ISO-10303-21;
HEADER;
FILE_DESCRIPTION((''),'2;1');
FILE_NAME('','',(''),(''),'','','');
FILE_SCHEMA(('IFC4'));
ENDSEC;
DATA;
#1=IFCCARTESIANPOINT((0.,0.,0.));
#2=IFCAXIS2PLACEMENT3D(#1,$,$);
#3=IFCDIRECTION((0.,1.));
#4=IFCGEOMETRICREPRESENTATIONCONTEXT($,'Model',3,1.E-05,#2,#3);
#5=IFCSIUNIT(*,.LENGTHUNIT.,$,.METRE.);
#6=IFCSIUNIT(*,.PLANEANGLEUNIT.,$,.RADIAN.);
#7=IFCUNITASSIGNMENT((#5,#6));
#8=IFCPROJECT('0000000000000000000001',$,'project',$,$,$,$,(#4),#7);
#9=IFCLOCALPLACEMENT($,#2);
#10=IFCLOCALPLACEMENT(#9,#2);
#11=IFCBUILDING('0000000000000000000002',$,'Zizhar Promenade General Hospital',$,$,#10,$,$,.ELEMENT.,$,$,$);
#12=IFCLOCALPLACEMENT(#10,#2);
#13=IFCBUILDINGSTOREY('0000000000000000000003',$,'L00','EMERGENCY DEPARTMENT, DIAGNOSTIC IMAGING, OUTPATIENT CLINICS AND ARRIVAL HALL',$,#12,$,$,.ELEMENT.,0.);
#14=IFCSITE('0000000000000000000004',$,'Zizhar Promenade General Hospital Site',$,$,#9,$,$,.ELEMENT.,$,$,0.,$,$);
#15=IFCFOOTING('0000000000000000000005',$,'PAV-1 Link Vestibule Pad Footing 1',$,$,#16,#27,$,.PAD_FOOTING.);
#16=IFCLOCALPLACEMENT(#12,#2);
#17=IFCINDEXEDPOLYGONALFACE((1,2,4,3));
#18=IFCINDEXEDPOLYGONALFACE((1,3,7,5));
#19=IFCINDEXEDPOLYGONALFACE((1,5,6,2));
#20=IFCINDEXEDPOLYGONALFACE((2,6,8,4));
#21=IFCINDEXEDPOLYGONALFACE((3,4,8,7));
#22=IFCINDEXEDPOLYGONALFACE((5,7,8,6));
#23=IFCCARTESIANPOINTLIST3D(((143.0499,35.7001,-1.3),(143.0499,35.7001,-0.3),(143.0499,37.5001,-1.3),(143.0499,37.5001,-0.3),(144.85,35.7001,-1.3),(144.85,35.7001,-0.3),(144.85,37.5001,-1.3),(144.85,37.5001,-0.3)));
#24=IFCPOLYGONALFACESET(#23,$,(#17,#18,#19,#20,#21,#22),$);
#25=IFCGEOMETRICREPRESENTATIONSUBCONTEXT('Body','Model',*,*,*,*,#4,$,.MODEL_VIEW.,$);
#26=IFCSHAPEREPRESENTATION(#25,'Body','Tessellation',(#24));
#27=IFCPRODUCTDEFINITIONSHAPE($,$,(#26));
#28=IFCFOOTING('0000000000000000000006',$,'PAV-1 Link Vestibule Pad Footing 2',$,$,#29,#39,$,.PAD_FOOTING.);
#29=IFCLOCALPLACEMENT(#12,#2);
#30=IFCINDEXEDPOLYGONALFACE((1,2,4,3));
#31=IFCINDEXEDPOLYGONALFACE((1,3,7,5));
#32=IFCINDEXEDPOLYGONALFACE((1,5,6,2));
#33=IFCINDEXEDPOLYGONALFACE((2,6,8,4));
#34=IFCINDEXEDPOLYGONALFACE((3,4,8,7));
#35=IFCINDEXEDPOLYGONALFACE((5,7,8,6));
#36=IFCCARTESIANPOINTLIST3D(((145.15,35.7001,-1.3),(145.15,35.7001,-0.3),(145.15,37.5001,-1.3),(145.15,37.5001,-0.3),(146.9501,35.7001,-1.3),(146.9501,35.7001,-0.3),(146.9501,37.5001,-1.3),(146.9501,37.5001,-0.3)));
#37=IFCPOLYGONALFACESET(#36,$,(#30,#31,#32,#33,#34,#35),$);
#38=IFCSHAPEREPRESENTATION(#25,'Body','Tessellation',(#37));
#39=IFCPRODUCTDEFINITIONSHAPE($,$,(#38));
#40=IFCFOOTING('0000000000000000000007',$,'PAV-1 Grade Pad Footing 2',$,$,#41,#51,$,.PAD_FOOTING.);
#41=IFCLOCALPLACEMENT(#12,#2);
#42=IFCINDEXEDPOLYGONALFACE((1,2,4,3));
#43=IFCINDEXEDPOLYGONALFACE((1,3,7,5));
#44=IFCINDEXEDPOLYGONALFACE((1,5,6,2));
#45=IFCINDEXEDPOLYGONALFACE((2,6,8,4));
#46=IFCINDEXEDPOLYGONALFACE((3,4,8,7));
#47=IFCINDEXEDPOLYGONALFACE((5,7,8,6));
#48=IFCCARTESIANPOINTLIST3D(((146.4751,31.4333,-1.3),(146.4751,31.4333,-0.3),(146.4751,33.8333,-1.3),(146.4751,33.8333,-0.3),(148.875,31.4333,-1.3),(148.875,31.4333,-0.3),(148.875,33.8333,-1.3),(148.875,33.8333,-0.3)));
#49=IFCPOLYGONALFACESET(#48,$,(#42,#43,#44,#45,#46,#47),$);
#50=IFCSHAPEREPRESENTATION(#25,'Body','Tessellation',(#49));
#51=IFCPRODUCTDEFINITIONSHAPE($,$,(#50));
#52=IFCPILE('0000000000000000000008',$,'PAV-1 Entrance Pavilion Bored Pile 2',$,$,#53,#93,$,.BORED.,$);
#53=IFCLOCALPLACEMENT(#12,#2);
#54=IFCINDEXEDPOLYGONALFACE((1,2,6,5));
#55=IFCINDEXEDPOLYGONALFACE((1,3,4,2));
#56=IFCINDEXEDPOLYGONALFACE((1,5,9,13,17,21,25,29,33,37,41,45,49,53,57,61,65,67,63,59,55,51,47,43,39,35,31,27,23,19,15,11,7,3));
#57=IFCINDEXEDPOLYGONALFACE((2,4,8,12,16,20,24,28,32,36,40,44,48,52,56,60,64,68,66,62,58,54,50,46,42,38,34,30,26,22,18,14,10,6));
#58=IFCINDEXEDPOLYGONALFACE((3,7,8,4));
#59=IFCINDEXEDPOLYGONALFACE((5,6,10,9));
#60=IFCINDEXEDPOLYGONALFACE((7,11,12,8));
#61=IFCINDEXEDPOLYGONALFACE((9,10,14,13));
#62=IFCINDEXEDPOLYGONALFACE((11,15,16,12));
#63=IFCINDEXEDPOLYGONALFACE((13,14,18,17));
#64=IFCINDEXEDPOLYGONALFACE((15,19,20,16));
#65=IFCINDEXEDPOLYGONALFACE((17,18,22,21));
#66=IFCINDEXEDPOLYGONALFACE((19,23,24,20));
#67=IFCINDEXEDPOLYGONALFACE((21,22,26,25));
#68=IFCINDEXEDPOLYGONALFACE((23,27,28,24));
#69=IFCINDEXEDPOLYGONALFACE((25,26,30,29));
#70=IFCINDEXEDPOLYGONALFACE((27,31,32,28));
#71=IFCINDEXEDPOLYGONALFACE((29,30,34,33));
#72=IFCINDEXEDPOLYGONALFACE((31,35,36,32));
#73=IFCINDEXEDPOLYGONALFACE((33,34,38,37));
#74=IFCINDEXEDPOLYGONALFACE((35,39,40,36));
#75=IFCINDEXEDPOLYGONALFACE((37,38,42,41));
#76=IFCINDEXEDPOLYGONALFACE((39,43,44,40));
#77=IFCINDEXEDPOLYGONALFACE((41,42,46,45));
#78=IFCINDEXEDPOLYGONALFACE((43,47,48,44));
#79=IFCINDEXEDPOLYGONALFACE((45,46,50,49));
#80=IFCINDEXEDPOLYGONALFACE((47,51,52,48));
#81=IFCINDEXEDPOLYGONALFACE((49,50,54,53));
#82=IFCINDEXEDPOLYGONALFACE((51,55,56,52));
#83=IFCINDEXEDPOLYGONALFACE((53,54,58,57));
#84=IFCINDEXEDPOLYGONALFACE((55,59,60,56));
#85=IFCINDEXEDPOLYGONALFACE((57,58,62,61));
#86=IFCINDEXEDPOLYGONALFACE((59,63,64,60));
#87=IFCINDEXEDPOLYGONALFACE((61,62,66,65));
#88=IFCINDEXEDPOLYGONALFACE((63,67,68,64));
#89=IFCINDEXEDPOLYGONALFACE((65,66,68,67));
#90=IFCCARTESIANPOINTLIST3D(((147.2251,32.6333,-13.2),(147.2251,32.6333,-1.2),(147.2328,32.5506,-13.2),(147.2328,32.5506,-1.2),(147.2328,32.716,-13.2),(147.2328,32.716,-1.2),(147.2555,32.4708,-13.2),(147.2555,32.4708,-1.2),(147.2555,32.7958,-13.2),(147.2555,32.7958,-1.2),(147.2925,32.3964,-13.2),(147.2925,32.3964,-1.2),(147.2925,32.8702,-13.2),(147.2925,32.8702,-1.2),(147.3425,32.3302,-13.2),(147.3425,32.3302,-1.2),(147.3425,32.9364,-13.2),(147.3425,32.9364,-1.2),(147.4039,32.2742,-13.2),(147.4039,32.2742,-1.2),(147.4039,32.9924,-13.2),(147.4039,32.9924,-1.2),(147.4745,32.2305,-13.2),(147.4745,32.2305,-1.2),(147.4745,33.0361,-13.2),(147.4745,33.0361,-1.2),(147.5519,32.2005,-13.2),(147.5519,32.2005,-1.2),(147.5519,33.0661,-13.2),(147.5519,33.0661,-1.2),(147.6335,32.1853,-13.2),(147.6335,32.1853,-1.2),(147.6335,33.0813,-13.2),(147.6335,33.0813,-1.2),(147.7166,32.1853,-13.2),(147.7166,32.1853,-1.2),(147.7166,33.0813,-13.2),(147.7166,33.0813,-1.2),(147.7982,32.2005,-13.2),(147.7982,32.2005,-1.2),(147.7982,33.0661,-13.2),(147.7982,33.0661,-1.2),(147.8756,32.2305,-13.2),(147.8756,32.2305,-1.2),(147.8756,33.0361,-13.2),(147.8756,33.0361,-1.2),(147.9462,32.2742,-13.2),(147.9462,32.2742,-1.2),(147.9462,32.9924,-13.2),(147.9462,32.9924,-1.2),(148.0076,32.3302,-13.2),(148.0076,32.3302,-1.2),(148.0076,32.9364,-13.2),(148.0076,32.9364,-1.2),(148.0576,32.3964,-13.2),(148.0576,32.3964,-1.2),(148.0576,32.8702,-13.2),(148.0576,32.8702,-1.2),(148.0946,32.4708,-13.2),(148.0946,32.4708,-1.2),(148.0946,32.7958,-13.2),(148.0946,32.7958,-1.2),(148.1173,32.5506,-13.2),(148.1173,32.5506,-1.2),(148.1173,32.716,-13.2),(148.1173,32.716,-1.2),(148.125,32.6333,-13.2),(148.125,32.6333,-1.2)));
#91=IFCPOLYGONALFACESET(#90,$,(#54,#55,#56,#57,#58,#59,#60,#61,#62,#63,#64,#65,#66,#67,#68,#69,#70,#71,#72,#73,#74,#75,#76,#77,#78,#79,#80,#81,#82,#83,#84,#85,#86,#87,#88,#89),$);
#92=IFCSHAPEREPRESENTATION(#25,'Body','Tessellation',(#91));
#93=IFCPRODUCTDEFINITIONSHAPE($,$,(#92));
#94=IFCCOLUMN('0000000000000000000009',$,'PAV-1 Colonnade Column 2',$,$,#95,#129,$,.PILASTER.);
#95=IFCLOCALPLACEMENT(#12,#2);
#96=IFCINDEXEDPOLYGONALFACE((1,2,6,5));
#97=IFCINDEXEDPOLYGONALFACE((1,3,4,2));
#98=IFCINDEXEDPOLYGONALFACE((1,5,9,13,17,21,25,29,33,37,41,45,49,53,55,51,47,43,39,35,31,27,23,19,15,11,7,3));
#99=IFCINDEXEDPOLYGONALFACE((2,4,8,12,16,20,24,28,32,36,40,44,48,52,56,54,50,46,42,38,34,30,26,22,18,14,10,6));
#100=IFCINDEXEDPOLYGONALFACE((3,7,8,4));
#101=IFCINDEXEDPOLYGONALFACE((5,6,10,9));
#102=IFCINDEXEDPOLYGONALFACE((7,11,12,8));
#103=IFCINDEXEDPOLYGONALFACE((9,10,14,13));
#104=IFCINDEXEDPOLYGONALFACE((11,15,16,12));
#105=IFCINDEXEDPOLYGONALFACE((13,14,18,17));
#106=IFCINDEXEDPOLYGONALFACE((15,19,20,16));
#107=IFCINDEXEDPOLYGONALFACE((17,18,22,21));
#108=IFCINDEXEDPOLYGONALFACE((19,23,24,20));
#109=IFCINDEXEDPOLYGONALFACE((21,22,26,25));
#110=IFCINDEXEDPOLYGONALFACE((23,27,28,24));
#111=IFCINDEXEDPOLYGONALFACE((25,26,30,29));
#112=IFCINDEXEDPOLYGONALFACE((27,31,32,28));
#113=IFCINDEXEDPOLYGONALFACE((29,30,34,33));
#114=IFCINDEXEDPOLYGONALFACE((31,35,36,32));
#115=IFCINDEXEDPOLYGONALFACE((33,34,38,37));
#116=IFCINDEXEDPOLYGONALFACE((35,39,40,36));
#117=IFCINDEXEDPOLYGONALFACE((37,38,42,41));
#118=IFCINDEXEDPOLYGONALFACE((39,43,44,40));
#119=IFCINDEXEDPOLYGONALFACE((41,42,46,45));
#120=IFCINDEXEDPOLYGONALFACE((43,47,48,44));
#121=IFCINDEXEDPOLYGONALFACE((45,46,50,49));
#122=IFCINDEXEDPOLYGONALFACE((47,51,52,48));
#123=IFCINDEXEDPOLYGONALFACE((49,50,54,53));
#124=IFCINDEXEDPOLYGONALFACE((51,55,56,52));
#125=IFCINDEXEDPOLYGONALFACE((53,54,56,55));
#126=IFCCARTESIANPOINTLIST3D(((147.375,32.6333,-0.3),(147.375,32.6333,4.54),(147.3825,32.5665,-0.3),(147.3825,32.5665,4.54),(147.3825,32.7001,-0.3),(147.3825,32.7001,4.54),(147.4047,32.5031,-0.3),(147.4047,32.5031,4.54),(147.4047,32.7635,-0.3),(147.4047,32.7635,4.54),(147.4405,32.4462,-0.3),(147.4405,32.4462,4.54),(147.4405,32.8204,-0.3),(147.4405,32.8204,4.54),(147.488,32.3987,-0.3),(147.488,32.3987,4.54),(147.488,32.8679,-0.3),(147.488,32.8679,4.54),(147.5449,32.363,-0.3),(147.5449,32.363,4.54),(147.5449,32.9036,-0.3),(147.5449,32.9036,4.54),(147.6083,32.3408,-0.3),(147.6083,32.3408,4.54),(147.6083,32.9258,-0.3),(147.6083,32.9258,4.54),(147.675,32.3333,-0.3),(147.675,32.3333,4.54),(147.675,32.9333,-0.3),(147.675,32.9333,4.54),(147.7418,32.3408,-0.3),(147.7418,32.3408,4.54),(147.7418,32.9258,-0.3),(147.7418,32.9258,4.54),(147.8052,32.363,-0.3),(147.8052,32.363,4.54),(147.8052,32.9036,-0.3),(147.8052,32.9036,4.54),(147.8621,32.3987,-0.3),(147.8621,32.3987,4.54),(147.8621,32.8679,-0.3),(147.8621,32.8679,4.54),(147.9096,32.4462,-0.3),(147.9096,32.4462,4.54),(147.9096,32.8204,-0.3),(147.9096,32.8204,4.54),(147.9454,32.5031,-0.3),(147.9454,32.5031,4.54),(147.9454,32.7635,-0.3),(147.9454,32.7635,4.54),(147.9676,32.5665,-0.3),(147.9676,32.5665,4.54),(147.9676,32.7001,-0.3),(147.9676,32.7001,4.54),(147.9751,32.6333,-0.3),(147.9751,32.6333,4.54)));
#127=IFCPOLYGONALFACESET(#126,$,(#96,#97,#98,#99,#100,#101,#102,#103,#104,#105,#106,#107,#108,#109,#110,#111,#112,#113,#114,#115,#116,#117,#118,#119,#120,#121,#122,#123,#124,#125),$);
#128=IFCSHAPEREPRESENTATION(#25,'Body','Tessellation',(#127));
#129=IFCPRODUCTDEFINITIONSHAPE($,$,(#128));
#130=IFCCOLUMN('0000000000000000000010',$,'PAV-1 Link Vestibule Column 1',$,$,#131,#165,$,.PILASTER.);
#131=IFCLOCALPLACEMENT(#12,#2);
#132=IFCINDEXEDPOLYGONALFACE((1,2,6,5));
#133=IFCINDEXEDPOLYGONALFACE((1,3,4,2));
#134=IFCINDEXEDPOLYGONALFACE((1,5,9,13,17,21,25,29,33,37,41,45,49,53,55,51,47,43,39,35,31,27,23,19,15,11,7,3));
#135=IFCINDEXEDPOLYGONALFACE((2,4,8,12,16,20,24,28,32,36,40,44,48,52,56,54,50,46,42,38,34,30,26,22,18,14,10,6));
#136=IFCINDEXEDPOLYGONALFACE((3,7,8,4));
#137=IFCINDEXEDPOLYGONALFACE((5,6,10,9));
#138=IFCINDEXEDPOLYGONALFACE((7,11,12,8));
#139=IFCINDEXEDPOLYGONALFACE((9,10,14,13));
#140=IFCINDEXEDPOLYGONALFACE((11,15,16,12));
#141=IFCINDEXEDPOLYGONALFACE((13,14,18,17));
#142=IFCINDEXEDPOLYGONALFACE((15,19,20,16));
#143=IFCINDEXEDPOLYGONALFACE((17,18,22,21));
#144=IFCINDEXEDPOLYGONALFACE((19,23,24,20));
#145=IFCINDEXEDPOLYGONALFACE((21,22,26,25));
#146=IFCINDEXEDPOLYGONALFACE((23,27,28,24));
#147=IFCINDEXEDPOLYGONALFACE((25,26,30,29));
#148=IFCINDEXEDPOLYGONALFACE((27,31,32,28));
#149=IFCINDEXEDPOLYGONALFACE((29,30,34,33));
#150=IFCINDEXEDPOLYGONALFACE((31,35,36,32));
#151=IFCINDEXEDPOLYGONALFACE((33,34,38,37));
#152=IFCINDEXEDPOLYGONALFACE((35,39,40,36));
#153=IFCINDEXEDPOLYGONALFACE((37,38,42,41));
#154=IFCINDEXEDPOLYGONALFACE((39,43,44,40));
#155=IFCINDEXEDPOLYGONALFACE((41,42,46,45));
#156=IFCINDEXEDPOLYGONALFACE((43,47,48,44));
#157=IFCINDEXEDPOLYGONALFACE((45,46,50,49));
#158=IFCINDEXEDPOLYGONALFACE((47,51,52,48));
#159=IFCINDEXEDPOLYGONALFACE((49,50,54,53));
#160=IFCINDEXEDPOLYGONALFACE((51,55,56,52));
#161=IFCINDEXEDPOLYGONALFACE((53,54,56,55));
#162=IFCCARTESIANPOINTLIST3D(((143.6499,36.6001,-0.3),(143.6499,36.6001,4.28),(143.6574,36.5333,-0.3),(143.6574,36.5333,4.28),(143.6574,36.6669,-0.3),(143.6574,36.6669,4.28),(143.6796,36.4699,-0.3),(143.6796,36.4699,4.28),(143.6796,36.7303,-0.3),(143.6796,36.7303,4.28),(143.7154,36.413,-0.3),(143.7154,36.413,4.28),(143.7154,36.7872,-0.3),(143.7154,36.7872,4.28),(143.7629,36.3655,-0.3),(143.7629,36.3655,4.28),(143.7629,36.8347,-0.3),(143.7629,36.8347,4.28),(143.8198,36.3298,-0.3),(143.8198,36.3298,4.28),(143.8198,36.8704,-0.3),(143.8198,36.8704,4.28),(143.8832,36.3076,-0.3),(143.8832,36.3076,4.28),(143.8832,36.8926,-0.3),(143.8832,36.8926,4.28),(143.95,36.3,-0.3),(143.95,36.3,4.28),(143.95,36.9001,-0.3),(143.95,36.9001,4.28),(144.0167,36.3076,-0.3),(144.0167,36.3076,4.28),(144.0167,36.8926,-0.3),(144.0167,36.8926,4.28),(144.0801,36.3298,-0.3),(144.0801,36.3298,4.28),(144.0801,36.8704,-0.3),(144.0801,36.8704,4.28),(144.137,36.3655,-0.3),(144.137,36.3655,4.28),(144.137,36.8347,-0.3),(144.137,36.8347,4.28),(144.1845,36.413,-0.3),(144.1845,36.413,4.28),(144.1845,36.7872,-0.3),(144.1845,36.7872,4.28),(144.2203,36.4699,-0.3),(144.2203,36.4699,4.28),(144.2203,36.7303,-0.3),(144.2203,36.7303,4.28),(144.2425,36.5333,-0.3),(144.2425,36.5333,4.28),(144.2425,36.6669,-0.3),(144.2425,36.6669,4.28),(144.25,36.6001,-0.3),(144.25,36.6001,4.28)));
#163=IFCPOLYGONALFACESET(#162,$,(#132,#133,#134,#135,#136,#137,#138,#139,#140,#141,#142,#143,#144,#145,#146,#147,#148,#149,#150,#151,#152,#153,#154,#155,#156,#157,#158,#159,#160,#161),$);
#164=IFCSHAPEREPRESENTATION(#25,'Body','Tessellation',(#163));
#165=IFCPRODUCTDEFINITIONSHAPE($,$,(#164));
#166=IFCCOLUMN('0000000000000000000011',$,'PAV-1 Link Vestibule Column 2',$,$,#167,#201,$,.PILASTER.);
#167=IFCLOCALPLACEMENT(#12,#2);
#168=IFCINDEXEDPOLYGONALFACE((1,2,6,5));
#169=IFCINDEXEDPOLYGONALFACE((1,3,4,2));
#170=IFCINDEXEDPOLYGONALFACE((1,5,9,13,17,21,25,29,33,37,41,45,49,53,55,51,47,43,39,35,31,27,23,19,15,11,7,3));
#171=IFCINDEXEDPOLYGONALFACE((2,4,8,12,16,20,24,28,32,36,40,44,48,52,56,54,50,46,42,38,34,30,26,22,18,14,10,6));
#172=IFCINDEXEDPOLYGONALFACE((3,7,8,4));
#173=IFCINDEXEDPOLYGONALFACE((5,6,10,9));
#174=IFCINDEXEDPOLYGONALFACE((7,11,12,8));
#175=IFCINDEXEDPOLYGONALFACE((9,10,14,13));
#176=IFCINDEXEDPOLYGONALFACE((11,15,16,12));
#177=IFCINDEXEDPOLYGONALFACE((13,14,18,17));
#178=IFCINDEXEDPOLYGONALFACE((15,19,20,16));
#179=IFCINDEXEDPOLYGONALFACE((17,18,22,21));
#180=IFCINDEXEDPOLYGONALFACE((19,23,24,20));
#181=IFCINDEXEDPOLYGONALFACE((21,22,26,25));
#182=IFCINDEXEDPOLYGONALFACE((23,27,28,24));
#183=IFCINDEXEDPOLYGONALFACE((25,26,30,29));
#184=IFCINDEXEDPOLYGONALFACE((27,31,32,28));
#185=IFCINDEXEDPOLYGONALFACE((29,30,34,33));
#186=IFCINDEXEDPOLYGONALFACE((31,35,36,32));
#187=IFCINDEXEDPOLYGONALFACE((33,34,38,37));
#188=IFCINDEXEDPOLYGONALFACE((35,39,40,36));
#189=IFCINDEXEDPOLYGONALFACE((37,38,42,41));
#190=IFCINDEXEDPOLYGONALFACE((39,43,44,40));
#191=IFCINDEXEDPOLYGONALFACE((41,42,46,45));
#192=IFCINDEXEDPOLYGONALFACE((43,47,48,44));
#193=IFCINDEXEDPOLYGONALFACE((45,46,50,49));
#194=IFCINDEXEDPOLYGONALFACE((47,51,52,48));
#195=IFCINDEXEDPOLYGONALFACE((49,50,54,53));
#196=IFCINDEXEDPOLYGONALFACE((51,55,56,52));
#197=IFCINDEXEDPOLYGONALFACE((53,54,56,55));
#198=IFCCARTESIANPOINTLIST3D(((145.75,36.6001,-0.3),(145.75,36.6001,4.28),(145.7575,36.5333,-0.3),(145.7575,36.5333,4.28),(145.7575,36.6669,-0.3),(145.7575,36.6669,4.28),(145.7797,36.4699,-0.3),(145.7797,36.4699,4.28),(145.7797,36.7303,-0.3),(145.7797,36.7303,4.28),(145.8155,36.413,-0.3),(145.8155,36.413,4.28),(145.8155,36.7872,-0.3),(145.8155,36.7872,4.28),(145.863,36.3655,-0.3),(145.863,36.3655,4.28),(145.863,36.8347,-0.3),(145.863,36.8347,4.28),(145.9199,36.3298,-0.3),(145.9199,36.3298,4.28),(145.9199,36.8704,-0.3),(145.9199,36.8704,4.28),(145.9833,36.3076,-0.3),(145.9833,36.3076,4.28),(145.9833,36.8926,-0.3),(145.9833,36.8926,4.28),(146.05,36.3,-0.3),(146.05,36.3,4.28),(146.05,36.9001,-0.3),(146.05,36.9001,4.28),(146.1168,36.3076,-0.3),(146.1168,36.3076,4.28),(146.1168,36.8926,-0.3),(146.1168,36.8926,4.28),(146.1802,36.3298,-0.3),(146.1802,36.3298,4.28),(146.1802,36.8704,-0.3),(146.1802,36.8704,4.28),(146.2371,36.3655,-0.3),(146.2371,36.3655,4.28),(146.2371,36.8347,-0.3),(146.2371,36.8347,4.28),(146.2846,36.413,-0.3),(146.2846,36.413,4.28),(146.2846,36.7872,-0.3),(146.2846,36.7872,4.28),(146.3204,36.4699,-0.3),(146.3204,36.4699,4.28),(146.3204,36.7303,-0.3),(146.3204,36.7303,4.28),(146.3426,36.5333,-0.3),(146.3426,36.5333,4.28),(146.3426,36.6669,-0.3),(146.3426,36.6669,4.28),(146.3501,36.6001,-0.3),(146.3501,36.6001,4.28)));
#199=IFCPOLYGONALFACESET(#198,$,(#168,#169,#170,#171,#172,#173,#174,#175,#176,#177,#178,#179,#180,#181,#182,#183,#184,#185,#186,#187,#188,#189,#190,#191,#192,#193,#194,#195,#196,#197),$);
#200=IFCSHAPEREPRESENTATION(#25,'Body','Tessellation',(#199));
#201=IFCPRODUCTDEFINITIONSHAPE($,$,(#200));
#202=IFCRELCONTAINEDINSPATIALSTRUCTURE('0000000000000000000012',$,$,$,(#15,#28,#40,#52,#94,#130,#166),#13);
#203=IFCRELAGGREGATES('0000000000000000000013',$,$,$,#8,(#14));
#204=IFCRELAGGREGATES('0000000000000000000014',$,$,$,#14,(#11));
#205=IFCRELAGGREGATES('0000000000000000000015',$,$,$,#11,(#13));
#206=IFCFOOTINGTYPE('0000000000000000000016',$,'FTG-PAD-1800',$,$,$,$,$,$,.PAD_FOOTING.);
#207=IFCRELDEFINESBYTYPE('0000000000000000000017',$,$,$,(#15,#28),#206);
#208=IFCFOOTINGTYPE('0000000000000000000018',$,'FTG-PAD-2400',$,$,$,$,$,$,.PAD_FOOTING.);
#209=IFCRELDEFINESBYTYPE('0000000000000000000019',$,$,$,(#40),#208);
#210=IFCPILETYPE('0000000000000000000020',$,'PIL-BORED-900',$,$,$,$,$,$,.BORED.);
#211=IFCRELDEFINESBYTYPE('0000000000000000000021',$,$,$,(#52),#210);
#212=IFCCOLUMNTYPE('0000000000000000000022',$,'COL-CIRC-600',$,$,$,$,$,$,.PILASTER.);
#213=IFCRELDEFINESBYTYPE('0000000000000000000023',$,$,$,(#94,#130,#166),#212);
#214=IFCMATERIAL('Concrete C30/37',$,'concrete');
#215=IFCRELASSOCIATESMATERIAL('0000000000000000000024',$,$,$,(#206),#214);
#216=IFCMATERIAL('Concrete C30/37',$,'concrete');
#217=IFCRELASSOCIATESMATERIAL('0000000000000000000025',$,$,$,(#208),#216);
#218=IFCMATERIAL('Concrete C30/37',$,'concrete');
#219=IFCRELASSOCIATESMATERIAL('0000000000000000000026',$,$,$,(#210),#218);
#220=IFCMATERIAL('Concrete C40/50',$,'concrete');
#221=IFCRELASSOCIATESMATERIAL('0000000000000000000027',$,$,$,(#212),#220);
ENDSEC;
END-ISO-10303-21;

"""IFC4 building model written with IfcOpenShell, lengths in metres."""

from ifc_helpers import new_model, si_unit, direction, frame, origin, origin_2d, place, context, subcontext, project, spatial, rectangle, circle, extrude, material, material_profile, profile_set, type_object, element, save


model = new_model("IFC4")

# Units and contexts
model_context = context("Model", 3, precision=1e-05, world=origin(), true_north=direction((0.0, 1.0)))
body_context = subcontext(model_context, "Body", "Model", "MODEL_VIEW")
ifc_project = project(units=[si_unit("LENGTHUNIT", "METRE"), si_unit("PLANEANGLEUNIT", "RADIAN")], contexts=[model_context])

# Site, building, storey
site_placement = place(None, origin())
site = spatial("IfcSite", under=ifc_project, at=site_placement, Name="Zizhar Promenade General Hospital Site", CompositionType="ELEMENT", RefElevation=0.0)
building_placement = place(site_placement, origin())
building = spatial("IfcBuilding", under=site, at=building_placement, Name="Zizhar Promenade General Hospital", CompositionType="ELEMENT")
storey_placement = place(building_placement, origin())
storey = spatial("IfcBuildingStorey", under=building, at=storey_placement, Name="L00", Description="EMERGENCY DEPARTMENT, DIAGNOSTIC IMAGING, OUTPATIENT CLINICS AND ARRIVAL HALL", CompositionType="ELEMENT", Elevation=0.0)

# Footings
ifc_material_1 = material(Name="Concrete C30/37", Category="concrete")
footing_type_1 = type_object("IfcFootingType", Name="FTG-PAD-1800", PredefinedType="PAD_FOOTING", material=ifc_material_1)
for number, where, z_axis, x_axis, name in (
    (1, (143.95, 36.6001, -1.3), (0.0, 0.0, 1.0), (1.0, 0.0, 0.0), "PAV-1 Link Vestibule Pad Footing 1"),
    (2, (146.05, 36.6001, -1.3), (0.0, 0.0, 1.0), (1.0, 0.0, 0.0), "PAV-1 Link Vestibule Pad Footing 2"),
):
    element("IfcFooting", number, at=place(storey_placement, frame(where, z_axis=z_axis, x_axis=x_axis)), inside=storey, type_object=footing_type_1, Name=name, PredefinedType="PAD_FOOTING", context=body_context, shape_type="SweptSolid", body=[
        extrude(rectangle(XDim=1.8, YDim=1.8, at=origin_2d()), origin(), (0.0, 0.0, 1.0), 1.0),
    ])
ifc_material_2 = material(Name="Concrete C30/37", Category="concrete")
footing_type_2 = type_object("IfcFootingType", Name="FTG-PAD-2400", PredefinedType="PAD_FOOTING", material=ifc_material_2)
footing_placement = place(storey_placement, frame((147.675, 32.6333, -1.3), z_axis=(0.0, 0.0, 1.0), x_axis=(1.0, 0.0, 0.0)))
element("IfcFooting", 3, at=footing_placement, inside=storey, type_object=footing_type_2, Name="PAV-1 Grade Pad Footing 2", PredefinedType="PAD_FOOTING", context=body_context, shape_type="SweptSolid", body=[
    extrude(rectangle(XDim=2.3999, YDim=2.3999, at=origin_2d()), origin(), (0.0, 0.0, 1.0), 1.0),
])

# Pile
ifc_material_3 = material(Name="Concrete C30/37", Category="concrete")
ifc_material_profile_1 = material_profile(ifc_material_3, circle(Radius=0.45, at=origin_2d()))
ifc_profile_set_1 = profile_set([ifc_material_profile_1], Name="Concrete C30/37")
pile_type = type_object("IfcPileType", Name="PIL-BORED-900", PredefinedType="BORED", material=ifc_profile_set_1)
pile_placement = place(storey_placement, frame((147.675, 32.6333, -1.2), z_axis=(0.0, 0.0, -1.0), x_axis=(1.0, 0.0, 0.0)))
element("IfcPile", 4, at=pile_placement, inside=storey, type_object=pile_type, Name="PAV-1 Entrance Pavilion Bored Pile 2", PredefinedType="BORED", context=body_context, shape_type="SweptSolid", body=[
    extrude(circle(Radius=0.45, at=origin_2d()), origin(), (0.0, 0.0, 1.0), 12.0),
])

# Columns
ifc_material_4 = material(Name="Concrete C40/50", Category="concrete")
ifc_material_profile_2 = material_profile(ifc_material_4, circle(Radius=0.3, at=origin_2d()))
ifc_profile_set_2 = profile_set([ifc_material_profile_2], Name="Concrete C40/50")
column_type = type_object("IfcColumnType", Name="COL-CIRC-600", PredefinedType="PILASTER", material=ifc_profile_set_2)
column_placement = place(storey_placement, frame((147.675, 32.6333, -0.3), z_axis=(0.0, 0.0, 1.0), x_axis=(1.0, 0.0, 0.0)))
element("IfcColumn", 5, at=column_placement, inside=storey, type_object=column_type, Name="PAV-1 Colonnade Column 2", PredefinedType="PILASTER", context=body_context, shape_type="SweptSolid", body=[
    extrude(circle(Radius=0.3, at=origin_2d()), origin(), (0.0, 0.0, 1.0), 4.8401),
])
for number, where, z_axis, x_axis, name in (
    (6, (143.95, 36.6001, -0.3), (0.0, 0.0, 1.0), (1.0, 0.0, 0.0), "PAV-1 Link Vestibule Column 1"),
    (7, (146.05, 36.6001, -0.3), (0.0, 0.0, 1.0), (1.0, 0.0, 0.0), "PAV-1 Link Vestibule Column 2"),
):
    element("IfcColumn", number, at=place(storey_placement, frame(where, z_axis=z_axis, x_axis=x_axis)), inside=storey, type_object=column_type, Name=name, PredefinedType="PILASTER", context=body_context, shape_type="SweptSolid", body=[
        extrude(circle(Radius=0.3, at=origin_2d()), origin(), (0.0, 0.0, 1.0), 4.5801),
    ])

save(model, "model.ifc")
